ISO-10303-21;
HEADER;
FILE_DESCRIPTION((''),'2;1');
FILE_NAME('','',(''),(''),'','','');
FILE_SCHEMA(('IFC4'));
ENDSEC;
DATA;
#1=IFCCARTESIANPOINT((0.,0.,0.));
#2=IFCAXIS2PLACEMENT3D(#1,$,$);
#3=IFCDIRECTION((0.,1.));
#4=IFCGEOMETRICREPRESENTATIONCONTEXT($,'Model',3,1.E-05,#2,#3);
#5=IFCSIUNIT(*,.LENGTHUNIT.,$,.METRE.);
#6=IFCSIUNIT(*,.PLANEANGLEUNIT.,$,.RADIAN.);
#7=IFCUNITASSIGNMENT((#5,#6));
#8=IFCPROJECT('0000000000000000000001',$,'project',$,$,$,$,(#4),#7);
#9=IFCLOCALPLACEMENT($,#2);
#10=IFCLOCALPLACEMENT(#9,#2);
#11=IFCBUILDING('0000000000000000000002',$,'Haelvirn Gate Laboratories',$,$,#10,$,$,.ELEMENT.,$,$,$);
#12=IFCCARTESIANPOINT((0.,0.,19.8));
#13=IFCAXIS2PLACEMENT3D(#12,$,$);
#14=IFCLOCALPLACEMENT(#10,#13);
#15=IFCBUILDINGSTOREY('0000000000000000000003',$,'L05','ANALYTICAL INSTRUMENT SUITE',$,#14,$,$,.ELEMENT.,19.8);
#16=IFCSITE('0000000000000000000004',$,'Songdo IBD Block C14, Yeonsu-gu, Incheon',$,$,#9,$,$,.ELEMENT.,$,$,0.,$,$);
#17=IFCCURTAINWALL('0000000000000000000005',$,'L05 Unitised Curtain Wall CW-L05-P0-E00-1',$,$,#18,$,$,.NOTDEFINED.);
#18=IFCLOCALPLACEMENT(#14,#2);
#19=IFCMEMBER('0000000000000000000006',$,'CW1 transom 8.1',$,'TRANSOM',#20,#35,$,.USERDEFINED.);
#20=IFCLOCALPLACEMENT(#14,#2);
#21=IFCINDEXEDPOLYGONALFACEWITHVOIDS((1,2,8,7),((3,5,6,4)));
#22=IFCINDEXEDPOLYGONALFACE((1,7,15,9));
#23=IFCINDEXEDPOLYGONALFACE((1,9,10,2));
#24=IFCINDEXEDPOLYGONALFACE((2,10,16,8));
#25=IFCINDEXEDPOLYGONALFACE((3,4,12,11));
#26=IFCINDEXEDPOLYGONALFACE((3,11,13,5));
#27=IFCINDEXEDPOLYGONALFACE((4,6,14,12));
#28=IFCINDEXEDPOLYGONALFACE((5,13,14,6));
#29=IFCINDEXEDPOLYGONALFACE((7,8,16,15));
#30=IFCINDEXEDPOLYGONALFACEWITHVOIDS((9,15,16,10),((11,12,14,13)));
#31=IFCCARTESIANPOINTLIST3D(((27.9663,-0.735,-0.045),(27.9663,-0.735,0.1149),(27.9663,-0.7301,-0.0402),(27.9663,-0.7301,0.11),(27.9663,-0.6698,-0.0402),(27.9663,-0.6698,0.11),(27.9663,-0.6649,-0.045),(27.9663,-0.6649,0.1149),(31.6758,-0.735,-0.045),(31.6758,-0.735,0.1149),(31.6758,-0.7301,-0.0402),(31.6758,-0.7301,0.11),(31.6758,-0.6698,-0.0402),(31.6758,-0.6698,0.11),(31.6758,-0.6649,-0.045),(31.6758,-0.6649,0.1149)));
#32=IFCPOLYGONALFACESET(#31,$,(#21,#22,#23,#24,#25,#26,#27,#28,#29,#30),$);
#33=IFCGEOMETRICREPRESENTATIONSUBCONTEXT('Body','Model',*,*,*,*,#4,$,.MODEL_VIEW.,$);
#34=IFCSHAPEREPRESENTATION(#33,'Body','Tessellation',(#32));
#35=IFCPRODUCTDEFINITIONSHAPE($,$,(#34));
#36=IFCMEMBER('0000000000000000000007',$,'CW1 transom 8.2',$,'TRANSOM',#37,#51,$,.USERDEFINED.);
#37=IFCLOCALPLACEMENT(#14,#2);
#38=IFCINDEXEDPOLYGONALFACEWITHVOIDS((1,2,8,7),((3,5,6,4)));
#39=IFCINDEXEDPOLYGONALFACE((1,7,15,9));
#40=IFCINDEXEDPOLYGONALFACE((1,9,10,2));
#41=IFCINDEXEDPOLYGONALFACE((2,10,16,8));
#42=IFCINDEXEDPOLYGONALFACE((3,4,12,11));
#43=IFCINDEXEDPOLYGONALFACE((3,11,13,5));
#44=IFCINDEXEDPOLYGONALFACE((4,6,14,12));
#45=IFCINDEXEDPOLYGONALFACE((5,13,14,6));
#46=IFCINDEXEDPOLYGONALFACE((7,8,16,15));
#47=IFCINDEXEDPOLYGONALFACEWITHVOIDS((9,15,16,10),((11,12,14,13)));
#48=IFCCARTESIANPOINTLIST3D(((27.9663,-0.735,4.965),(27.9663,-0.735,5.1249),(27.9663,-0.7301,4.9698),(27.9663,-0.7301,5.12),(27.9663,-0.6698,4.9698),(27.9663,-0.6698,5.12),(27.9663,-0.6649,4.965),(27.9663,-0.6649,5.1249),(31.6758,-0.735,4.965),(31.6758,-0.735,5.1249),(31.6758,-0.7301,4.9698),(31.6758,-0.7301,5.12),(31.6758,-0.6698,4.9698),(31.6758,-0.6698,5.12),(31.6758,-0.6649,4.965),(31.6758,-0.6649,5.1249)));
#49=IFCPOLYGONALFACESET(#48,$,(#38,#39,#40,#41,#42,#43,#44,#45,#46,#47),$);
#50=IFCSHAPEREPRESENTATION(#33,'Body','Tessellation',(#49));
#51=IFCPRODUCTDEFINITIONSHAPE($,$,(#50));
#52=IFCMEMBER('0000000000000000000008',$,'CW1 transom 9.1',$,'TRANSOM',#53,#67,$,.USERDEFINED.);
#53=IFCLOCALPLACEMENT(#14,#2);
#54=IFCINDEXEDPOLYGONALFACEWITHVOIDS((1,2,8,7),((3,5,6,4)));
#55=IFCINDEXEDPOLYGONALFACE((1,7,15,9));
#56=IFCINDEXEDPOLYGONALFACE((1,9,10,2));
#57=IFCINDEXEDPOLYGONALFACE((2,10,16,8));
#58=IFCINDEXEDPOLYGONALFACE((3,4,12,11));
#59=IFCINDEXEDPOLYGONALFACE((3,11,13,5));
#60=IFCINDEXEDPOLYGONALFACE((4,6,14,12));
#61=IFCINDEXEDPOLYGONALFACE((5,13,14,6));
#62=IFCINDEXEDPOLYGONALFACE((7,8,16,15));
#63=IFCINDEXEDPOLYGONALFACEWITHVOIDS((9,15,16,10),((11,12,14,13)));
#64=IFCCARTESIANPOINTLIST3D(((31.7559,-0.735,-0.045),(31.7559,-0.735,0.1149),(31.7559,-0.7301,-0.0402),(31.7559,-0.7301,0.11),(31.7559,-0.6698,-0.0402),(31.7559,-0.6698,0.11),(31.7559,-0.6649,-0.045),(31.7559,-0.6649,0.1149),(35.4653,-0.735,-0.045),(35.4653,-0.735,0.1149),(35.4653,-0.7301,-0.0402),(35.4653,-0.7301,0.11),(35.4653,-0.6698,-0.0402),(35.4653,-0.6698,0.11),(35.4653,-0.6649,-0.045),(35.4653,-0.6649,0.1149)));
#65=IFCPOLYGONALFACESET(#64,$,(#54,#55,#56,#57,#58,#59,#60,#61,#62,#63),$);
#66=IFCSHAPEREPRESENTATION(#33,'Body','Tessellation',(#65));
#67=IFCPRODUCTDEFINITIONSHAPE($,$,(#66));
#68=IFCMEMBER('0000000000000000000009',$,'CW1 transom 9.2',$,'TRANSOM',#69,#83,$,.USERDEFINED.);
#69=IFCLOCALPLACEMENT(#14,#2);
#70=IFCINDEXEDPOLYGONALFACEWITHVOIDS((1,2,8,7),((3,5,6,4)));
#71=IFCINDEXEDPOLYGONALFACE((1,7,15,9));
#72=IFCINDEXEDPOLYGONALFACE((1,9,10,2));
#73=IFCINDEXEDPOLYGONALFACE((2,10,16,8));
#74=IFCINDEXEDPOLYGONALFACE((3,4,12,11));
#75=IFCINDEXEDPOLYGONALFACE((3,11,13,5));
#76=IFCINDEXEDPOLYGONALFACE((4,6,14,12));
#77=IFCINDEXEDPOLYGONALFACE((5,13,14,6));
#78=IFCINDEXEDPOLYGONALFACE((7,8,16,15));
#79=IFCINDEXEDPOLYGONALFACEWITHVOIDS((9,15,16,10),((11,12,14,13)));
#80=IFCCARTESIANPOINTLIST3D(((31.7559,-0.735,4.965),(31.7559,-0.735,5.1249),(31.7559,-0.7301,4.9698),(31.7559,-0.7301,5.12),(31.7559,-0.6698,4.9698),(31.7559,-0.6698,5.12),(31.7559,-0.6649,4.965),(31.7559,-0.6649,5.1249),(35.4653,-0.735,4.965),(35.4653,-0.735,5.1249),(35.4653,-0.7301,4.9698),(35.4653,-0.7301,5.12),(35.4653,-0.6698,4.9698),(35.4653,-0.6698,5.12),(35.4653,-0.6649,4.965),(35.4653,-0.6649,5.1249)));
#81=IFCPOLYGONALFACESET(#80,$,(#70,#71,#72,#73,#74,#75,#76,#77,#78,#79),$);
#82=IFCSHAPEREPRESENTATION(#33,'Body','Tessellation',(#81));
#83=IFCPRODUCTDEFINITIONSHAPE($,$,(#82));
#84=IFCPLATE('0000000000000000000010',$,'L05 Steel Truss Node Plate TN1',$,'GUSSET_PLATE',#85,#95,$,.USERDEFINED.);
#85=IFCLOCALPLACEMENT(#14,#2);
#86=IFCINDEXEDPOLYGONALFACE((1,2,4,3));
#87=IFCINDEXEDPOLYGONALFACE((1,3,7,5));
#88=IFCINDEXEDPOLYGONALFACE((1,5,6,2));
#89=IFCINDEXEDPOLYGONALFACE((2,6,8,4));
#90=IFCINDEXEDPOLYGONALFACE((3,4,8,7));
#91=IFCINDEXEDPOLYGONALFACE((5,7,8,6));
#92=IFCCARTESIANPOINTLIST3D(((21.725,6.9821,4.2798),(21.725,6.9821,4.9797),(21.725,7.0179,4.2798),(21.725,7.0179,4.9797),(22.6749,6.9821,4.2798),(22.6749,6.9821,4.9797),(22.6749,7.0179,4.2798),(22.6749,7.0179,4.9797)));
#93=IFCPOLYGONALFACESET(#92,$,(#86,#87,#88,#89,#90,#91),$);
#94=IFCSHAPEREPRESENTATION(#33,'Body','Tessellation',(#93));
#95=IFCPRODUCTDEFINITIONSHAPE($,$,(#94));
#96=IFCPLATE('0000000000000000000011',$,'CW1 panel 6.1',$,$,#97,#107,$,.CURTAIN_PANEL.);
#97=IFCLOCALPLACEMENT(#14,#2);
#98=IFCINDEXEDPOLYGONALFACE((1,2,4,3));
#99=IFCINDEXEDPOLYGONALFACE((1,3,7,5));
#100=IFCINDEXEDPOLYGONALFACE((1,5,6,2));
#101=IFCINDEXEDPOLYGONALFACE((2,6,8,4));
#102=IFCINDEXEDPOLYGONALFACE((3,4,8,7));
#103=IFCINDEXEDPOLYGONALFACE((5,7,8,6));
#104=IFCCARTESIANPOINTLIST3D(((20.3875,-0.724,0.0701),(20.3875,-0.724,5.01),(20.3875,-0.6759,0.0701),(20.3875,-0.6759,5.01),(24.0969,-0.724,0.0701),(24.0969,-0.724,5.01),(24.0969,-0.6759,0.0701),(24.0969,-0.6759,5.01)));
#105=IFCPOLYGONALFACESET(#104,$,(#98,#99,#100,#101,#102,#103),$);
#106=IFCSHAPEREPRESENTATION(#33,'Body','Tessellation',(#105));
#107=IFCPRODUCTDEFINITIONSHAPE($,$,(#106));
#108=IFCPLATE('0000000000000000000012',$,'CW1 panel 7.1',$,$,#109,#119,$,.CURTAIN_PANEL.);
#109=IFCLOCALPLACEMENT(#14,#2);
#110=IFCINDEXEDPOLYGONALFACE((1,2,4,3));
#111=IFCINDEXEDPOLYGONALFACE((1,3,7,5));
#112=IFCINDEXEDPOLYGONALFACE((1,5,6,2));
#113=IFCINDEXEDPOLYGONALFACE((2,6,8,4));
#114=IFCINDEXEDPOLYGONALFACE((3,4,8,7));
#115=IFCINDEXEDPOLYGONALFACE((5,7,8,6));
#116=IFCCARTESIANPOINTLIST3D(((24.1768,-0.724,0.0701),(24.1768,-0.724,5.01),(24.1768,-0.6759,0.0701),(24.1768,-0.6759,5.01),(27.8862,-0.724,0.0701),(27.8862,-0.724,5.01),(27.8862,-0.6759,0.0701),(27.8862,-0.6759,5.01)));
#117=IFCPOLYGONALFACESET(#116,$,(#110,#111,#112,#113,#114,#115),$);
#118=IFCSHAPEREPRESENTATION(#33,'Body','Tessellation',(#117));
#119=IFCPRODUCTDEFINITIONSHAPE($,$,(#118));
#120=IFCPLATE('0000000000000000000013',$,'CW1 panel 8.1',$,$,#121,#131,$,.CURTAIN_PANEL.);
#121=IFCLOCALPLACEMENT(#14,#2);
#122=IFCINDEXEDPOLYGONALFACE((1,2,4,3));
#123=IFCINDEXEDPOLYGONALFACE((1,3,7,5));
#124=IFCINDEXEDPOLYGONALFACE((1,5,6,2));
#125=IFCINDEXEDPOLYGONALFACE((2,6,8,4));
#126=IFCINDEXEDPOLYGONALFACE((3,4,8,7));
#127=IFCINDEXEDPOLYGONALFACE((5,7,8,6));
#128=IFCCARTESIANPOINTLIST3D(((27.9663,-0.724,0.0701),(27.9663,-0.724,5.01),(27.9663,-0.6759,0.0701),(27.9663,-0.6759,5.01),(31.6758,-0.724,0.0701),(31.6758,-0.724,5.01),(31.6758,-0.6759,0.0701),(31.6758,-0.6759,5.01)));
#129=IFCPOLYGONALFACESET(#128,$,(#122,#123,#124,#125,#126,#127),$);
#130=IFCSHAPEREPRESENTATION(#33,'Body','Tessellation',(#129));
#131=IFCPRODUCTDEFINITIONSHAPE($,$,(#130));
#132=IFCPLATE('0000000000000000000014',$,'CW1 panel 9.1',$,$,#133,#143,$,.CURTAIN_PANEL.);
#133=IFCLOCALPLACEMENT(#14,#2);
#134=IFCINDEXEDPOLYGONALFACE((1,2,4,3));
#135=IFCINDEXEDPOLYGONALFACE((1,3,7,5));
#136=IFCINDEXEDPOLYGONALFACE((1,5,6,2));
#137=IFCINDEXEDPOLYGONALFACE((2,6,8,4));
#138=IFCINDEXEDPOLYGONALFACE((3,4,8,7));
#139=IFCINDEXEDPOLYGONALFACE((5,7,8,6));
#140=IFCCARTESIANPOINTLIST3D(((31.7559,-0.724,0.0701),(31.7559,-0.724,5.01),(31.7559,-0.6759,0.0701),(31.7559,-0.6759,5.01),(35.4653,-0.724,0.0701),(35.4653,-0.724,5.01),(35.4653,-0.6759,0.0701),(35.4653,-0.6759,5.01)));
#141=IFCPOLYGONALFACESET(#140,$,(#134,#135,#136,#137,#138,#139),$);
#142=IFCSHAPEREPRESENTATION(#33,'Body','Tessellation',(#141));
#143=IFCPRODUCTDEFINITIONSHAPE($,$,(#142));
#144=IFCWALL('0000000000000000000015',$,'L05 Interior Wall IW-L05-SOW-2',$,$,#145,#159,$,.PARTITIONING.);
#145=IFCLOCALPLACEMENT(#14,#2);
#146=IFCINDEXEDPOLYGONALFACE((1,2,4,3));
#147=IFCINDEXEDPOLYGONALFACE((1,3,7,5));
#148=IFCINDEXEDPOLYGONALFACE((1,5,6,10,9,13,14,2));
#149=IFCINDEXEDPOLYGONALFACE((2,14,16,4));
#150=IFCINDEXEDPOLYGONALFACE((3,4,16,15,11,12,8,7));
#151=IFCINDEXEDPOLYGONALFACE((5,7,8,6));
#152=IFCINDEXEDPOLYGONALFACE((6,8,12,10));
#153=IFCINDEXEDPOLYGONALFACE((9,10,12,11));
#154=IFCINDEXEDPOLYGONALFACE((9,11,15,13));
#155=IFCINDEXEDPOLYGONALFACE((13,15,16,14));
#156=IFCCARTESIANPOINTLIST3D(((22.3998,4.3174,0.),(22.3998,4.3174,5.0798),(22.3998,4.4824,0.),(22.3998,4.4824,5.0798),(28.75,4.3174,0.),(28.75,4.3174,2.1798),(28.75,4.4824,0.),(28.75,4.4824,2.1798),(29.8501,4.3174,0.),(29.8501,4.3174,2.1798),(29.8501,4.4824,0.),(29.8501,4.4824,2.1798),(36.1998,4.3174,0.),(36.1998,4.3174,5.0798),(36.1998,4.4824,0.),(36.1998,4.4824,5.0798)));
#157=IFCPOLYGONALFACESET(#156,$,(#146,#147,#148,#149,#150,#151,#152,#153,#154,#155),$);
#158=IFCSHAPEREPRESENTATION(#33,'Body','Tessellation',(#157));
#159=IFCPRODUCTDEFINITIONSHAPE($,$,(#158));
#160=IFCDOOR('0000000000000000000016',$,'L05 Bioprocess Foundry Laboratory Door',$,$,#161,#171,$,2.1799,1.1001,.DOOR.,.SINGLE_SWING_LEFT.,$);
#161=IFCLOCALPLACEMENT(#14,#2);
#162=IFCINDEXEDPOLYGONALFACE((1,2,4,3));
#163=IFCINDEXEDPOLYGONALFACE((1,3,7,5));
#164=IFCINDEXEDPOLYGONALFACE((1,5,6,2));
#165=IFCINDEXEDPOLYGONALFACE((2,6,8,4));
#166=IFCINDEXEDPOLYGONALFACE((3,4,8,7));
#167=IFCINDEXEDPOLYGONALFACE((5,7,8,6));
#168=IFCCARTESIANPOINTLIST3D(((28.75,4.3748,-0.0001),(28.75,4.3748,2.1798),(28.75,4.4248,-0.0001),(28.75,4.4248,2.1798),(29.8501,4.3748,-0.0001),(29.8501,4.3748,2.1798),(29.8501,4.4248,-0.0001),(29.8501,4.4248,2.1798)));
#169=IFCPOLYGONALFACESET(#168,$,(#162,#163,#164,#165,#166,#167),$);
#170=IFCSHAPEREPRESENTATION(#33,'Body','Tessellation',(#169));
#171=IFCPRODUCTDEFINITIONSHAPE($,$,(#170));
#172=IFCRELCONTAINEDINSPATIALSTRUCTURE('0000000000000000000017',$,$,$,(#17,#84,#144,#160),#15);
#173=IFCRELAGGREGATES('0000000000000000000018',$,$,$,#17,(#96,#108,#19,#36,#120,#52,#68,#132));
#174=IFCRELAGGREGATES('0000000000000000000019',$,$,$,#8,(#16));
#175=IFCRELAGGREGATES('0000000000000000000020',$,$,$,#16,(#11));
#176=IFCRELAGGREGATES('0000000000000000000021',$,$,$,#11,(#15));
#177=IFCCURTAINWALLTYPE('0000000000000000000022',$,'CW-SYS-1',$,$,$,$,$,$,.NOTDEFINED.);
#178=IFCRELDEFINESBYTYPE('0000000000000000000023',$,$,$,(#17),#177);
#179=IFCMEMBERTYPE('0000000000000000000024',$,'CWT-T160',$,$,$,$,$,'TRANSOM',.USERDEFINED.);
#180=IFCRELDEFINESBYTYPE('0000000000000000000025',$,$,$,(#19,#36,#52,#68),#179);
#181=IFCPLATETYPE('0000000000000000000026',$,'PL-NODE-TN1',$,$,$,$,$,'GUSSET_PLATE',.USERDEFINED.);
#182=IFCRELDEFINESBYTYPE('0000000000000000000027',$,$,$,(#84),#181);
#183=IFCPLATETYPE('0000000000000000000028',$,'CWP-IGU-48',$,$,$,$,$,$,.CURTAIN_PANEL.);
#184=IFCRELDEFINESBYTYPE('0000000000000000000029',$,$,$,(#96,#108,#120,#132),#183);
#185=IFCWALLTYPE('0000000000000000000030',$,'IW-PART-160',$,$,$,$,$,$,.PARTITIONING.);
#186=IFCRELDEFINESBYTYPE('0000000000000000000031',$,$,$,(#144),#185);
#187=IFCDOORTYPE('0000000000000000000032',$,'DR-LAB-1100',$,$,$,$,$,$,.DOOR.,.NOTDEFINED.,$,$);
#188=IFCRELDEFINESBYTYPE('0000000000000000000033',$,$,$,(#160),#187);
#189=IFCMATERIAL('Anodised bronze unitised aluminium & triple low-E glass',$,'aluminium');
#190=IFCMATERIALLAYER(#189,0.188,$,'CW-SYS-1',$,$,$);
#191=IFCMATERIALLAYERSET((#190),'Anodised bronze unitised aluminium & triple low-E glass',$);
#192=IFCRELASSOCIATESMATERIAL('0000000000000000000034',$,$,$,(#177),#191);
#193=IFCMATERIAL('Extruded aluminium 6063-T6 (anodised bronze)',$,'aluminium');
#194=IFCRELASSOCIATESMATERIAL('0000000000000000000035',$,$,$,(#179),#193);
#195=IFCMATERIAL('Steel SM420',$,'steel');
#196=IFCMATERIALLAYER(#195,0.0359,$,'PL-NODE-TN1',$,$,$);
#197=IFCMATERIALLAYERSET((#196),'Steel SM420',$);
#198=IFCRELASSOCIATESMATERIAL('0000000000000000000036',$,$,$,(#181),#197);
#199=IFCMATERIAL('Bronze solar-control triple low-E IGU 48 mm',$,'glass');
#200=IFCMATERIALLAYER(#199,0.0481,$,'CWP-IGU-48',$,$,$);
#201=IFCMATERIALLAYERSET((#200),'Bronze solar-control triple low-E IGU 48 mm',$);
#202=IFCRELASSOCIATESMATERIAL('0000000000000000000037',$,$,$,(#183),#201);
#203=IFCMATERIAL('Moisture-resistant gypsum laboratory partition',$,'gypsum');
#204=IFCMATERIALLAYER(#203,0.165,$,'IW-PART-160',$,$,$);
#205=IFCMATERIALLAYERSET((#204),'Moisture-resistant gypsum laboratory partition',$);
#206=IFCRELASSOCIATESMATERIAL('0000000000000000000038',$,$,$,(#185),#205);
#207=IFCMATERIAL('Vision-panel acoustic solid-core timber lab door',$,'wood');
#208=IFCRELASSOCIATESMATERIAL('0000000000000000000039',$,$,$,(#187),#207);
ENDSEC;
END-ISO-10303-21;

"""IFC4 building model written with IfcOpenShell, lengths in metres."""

from ifc_helpers import new_model, si_unit, direction, frame, frame_2d, origin, origin_2d, place, context, subcontext, project, spatial, rectangle, hollow_rectangle, extrude, source, transform, mapped, material, layer, layer_set, material_profile, profile_set, type_object, type_shapes, element, fill, aggregate, save


model = new_model("IFC4")

# Units and contexts
model_context = context("Model", 3, precision=1e-05, world=origin(), true_north=direction((0.0, 1.0)))
body_context = subcontext(model_context, "Body", "Model", "MODEL_VIEW")
ifc_project = project(units=[si_unit("LENGTHUNIT", "METRE"), si_unit("PLANEANGLEUNIT", "RADIAN")], contexts=[model_context])

# Site, building, storey
site_placement = place(None, origin())
site = spatial("IfcSite", under=ifc_project, at=site_placement, Name="Songdo IBD Block C14, Yeonsu-gu, Incheon", CompositionType="ELEMENT", RefElevation=0.0)
building_placement = place(site_placement, origin())
building = spatial("IfcBuilding", under=site, at=building_placement, Name="Haelvirn Gate Laboratories", CompositionType="ELEMENT")
storey_placement = place(building_placement, frame((0.0, 0.0, 19.8)))
storey = spatial("IfcBuildingStorey", under=building, at=storey_placement, Name="L05", Description="ANALYTICAL INSTRUMENT SUITE", CompositionType="ELEMENT", Elevation=19.8)

# Shared definitions
ifc_material_1 = material(Name="Steel SM420", Category="steel")

# Curtain wall, members
ifc_material_2 = material(Name="Anodised bronze unitised aluminium & triple low-E glass", Category="aluminium")
ifc_layer_1 = layer(ifc_material_2, 0.188, Name="CW-SYS-1")
ifc_layer_set_1 = layer_set([ifc_layer_1], Name="Anodised bronze unitised aluminium & triple low-E glass")
curtain_wall_type = type_object("IfcCurtainWallType", Name="CW-SYS-1", PredefinedType="NOTDEFINED", material=ifc_layer_set_1)
curtain_wall_placement = place(storey_placement, origin())
curtain_wall = element("IfcCurtainWall", 1, at=curtain_wall_placement, inside=storey, type_object=curtain_wall_type, Name="L05 Unitised Curtain Wall CW-L05-P0-E00-1", PredefinedType="NOTDEFINED")
ifc_material_3 = material(Name="Extruded aluminium 6063-T6 (anodised bronze)", Category="aluminium")
ifc_material_profile_1 = material_profile(ifc_material_3, hollow_rectangle(XDim=0.0701, YDim=0.1599, WallThickness=0.0049, at=origin_2d()), Name="CWT-160x70x5")
ifc_profile_set_1 = profile_set([ifc_material_profile_1], Name="Extruded aluminium 6063-T6 (anodised bronze)")
member_type_1 = type_object("IfcMemberType", Name="CWT-T160", ElementType="TRANSOM", PredefinedType="USERDEFINED", material=ifc_profile_set_1)
shared_shape_1 = source(origin(), body_context, "Body", "SweptSolid", [
    extrude(hollow_rectangle(XDim=0.0701, YDim=0.1599, WallThickness=0.0049, at=origin_2d()), origin(), (0.0, 0.0, 1.0), 3.7095),
])
type_shapes(member_type_1, [shared_shape_1])
member_1_placement = place(storey_placement, frame((27.9663, -0.7, 0.0349), z_axis=(1.0, 0.0, 0.0), x_axis=(0.0, 1.0, 0.0)))
member_1 = element("IfcMember", 2, at=member_1_placement, type_object=member_type_1, Name="CW1 transom 8.1", ObjectType="TRANSOM", PredefinedType="USERDEFINED", context=body_context, shape_type="MappedRepresentation", body=[
    mapped(shared_shape_1, transform((0.0, 0.0, 0.0), scale=1.0)),
])
member_2_placement = place(storey_placement, frame((27.9663, -0.7, 5.0449), z_axis=(1.0, 0.0, 0.0), x_axis=(0.0, 1.0, 0.0)))
member_2 = element("IfcMember", 3, at=member_2_placement, type_object=member_type_1, Name="CW1 transom 8.2", ObjectType="TRANSOM", PredefinedType="USERDEFINED", context=body_context, shape_type="MappedRepresentation", body=[
    mapped(shared_shape_1, transform((0.0, 0.0, 0.0), scale=1.0)),
])
member_3_placement = place(storey_placement, frame((31.7559, -0.7, 0.0349), z_axis=(1.0, 0.0, 0.0), x_axis=(0.0, 1.0, 0.0)))
member_3 = element("IfcMember", 4, at=member_3_placement, type_object=member_type_1, Name="CW1 transom 9.1", ObjectType="TRANSOM", PredefinedType="USERDEFINED", context=body_context, shape_type="MappedRepresentation", body=[
    mapped(shared_shape_1, transform((0.0, 0.0, 0.0), scale=1.0)),
])
member_4_placement = place(storey_placement, frame((31.7559, -0.7, 5.0449), z_axis=(1.0, 0.0, 0.0), x_axis=(0.0, 1.0, 0.0)))
member_4 = element("IfcMember", 5, at=member_4_placement, type_object=member_type_1, Name="CW1 transom 9.2", ObjectType="TRANSOM", PredefinedType="USERDEFINED", context=body_context, shape_type="MappedRepresentation", body=[
    mapped(shared_shape_1, transform((0.0, 0.0, 0.0), scale=1.0)),
])

# Plates
ifc_layer_2 = layer(ifc_material_1, 0.0359, Name="PL-NODE-TN1")
ifc_layer_set_2 = layer_set([ifc_layer_2], Name="Steel SM420")
plate_type_1 = type_object("IfcPlateType", Name="PL-NODE-TN1", ElementType="GUSSET_PLATE", PredefinedType="USERDEFINED", material=ifc_layer_set_2)
shared_shape_2 = source(origin(), body_context, "Body", "SweptSolid", [
    extrude(rectangle(XDim=0.95, YDim=0.0359, at=origin_2d()), origin(), (0.0, 0.0, 1.0), 0.7),
])
type_shapes(plate_type_1, [shared_shape_2])
plate_1_placement = place(storey_placement, frame((22.2, 7.0, 4.2798), z_axis=(0.0, 0.0, 1.0), x_axis=(1.0, 0.0, 0.0)))
element("IfcPlate", 6, at=plate_1_placement, inside=storey, type_object=plate_type_1, Name="L05 Steel Truss Node Plate TN1", ObjectType="GUSSET_PLATE", PredefinedType="USERDEFINED", context=body_context, shape_type="MappedRepresentation", body=[
    mapped(shared_shape_2, transform((0.0, 0.0, 0.0), scale=1.0)),
])
ifc_material_4 = material(Name="Bronze solar-control triple low-E IGU 48 mm", Category="glass")
ifc_layer_3 = layer(ifc_material_4, 0.0481, Name="CWP-IGU-48")
ifc_layer_set_3 = layer_set([ifc_layer_3], Name="Bronze solar-control triple low-E IGU 48 mm")
plate_type_2 = type_object("IfcPlateType", Name="CWP-IGU-48", PredefinedType="CURTAIN_PANEL", material=ifc_layer_set_3)
shared_shape_3 = source(origin(), body_context, "Body", "SweptSolid", [
    extrude(rectangle(XDim=3.7095, YDim=0.0481, at=origin_2d()), origin(), (0.0, 0.0, 1.0), 4.9399),
])
type_shapes(plate_type_2, [shared_shape_3])
plate_2_placement = place(storey_placement, frame((22.2422, -0.7, 0.0701), z_axis=(0.0, 0.0, 1.0), x_axis=(1.0, 0.0, 0.0)))
plate_2 = element("IfcPlate", 7, at=plate_2_placement, type_object=plate_type_2, Name="CW1 panel 6.1", PredefinedType="CURTAIN_PANEL", context=body_context, shape_type="MappedRepresentation", body=[
    mapped(shared_shape_3, transform((0.0, 0.0, 0.0), scale=1.0)),
])
plate_3_placement = place(storey_placement, frame((26.0315, -0.7, 0.0701), z_axis=(0.0, 0.0, 1.0), x_axis=(1.0, 0.0, 0.0)))
plate_3 = element("IfcPlate", 8, at=plate_3_placement, type_object=plate_type_2, Name="CW1 panel 7.1", PredefinedType="CURTAIN_PANEL", context=body_context, shape_type="MappedRepresentation", body=[
    mapped(shared_shape_3, transform((0.0, 0.0, 0.0), scale=1.0)),
])
plate_4_placement = place(storey_placement, frame((29.821, -0.7, 0.0701), z_axis=(0.0, 0.0, 1.0), x_axis=(1.0, 0.0, 0.0)))
plate_4 = element("IfcPlate", 9, at=plate_4_placement, type_object=plate_type_2, Name="CW1 panel 8.1", PredefinedType="CURTAIN_PANEL", context=body_context, shape_type="MappedRepresentation", body=[
    mapped(shared_shape_3, transform((0.0, 0.0, 0.0), scale=1.0)),
])
plate_5_placement = place(storey_placement, frame((33.6106, -0.7, 0.0701), z_axis=(0.0, 0.0, 1.0), x_axis=(1.0, 0.0, 0.0)))
plate_5 = element("IfcPlate", 10, at=plate_5_placement, type_object=plate_type_2, Name="CW1 panel 9.1", PredefinedType="CURTAIN_PANEL", context=body_context, shape_type="MappedRepresentation", body=[
    mapped(shared_shape_3, transform((0.0, 0.0, 0.0), scale=1.0)),
])
aggregate(curtain_wall, [plate_2, plate_3, member_1, member_2, plate_4, member_3, member_4, plate_5])

# Wall, opening, door
ifc_material_5 = material(Name="Moisture-resistant gypsum laboratory partition", Category="gypsum")
ifc_layer_4 = layer(ifc_material_5, 0.165, Name="IW-PART-160")
ifc_layer_set_4 = layer_set([ifc_layer_4], Name="Moisture-resistant gypsum laboratory partition")
wall_type = type_object("IfcWallType", Name="IW-PART-160", PredefinedType="PARTITIONING", material=ifc_layer_set_4)
wall_placement = place(storey_placement, frame((22.3999, 4.3999, 0.0), z_axis=(0.0, 0.0, 1.0), x_axis=(1.0, 0.0, 0.0)))
wall = element("IfcWall", 11, at=wall_placement, inside=storey, type_object=wall_type, Name="L05 Interior Wall IW-L05-SOW-2", PredefinedType="PARTITIONING", context=body_context, shape_type="SweptSolid", body=[
    extrude(rectangle(XDim=13.8, YDim=0.165, at=frame_2d((6.8999, 0.0))), origin(), (0.0, 0.0, 1.0), 5.0798),
])
opening_placement = place(wall_placement, frame((6.3501, 0.0, 0.0)))
opening = element("IfcOpeningElement", 12, at=opening_placement, cuts=wall, PredefinedType="OPENING", context=body_context, shape_type="SweptSolid", body=[
    extrude(rectangle(XDim=1.1001, YDim=2.1799, at=frame_2d((0.55, 1.0898))), frame((0.0, 0.0925, 0.0), z_axis=(0.0, -1.0, 0.0), x_axis=(1.0, 0.0, 0.0)), (0.0, 0.0, 1.0), 0.1851),
])
ifc_material_6 = material(Name="Vision-panel acoustic solid-core timber lab door", Category="wood")
door_type = type_object("IfcDoorType", Name="DR-LAB-1100", OperationType="NOTDEFINED", PredefinedType="DOOR", material=ifc_material_6)
shared_shape_4 = source(origin(), body_context, "Body", "SweptSolid", [
    extrude(rectangle(XDim=1.1001, YDim=2.1799, at=frame_2d((0.55, 1.0898))), frame((0.0, 0.0249, 0.0), z_axis=(0.0, -1.0, 0.0), x_axis=(1.0, 0.0, 0.0)), (0.0, 0.0, 1.0), 0.05),
])
type_shapes(door_type, [shared_shape_4])
door_placement = place(opening_placement, origin())
door = element("IfcDoor", 13, at=door_placement, inside=storey, type_object=door_type, Name="L05 Bioprocess Foundry Laboratory Door", OperationType="SINGLE_SWING_LEFT", OverallHeight=2.1799, OverallWidth=1.1001, PredefinedType="DOOR", context=body_context, shape_type="MappedRepresentation", body=[
    mapped(shared_shape_4, transform((0.0, 0.0, 0.0), scale=1.0)),
])
fill(opening, door)

save(model, "model.ifc")
